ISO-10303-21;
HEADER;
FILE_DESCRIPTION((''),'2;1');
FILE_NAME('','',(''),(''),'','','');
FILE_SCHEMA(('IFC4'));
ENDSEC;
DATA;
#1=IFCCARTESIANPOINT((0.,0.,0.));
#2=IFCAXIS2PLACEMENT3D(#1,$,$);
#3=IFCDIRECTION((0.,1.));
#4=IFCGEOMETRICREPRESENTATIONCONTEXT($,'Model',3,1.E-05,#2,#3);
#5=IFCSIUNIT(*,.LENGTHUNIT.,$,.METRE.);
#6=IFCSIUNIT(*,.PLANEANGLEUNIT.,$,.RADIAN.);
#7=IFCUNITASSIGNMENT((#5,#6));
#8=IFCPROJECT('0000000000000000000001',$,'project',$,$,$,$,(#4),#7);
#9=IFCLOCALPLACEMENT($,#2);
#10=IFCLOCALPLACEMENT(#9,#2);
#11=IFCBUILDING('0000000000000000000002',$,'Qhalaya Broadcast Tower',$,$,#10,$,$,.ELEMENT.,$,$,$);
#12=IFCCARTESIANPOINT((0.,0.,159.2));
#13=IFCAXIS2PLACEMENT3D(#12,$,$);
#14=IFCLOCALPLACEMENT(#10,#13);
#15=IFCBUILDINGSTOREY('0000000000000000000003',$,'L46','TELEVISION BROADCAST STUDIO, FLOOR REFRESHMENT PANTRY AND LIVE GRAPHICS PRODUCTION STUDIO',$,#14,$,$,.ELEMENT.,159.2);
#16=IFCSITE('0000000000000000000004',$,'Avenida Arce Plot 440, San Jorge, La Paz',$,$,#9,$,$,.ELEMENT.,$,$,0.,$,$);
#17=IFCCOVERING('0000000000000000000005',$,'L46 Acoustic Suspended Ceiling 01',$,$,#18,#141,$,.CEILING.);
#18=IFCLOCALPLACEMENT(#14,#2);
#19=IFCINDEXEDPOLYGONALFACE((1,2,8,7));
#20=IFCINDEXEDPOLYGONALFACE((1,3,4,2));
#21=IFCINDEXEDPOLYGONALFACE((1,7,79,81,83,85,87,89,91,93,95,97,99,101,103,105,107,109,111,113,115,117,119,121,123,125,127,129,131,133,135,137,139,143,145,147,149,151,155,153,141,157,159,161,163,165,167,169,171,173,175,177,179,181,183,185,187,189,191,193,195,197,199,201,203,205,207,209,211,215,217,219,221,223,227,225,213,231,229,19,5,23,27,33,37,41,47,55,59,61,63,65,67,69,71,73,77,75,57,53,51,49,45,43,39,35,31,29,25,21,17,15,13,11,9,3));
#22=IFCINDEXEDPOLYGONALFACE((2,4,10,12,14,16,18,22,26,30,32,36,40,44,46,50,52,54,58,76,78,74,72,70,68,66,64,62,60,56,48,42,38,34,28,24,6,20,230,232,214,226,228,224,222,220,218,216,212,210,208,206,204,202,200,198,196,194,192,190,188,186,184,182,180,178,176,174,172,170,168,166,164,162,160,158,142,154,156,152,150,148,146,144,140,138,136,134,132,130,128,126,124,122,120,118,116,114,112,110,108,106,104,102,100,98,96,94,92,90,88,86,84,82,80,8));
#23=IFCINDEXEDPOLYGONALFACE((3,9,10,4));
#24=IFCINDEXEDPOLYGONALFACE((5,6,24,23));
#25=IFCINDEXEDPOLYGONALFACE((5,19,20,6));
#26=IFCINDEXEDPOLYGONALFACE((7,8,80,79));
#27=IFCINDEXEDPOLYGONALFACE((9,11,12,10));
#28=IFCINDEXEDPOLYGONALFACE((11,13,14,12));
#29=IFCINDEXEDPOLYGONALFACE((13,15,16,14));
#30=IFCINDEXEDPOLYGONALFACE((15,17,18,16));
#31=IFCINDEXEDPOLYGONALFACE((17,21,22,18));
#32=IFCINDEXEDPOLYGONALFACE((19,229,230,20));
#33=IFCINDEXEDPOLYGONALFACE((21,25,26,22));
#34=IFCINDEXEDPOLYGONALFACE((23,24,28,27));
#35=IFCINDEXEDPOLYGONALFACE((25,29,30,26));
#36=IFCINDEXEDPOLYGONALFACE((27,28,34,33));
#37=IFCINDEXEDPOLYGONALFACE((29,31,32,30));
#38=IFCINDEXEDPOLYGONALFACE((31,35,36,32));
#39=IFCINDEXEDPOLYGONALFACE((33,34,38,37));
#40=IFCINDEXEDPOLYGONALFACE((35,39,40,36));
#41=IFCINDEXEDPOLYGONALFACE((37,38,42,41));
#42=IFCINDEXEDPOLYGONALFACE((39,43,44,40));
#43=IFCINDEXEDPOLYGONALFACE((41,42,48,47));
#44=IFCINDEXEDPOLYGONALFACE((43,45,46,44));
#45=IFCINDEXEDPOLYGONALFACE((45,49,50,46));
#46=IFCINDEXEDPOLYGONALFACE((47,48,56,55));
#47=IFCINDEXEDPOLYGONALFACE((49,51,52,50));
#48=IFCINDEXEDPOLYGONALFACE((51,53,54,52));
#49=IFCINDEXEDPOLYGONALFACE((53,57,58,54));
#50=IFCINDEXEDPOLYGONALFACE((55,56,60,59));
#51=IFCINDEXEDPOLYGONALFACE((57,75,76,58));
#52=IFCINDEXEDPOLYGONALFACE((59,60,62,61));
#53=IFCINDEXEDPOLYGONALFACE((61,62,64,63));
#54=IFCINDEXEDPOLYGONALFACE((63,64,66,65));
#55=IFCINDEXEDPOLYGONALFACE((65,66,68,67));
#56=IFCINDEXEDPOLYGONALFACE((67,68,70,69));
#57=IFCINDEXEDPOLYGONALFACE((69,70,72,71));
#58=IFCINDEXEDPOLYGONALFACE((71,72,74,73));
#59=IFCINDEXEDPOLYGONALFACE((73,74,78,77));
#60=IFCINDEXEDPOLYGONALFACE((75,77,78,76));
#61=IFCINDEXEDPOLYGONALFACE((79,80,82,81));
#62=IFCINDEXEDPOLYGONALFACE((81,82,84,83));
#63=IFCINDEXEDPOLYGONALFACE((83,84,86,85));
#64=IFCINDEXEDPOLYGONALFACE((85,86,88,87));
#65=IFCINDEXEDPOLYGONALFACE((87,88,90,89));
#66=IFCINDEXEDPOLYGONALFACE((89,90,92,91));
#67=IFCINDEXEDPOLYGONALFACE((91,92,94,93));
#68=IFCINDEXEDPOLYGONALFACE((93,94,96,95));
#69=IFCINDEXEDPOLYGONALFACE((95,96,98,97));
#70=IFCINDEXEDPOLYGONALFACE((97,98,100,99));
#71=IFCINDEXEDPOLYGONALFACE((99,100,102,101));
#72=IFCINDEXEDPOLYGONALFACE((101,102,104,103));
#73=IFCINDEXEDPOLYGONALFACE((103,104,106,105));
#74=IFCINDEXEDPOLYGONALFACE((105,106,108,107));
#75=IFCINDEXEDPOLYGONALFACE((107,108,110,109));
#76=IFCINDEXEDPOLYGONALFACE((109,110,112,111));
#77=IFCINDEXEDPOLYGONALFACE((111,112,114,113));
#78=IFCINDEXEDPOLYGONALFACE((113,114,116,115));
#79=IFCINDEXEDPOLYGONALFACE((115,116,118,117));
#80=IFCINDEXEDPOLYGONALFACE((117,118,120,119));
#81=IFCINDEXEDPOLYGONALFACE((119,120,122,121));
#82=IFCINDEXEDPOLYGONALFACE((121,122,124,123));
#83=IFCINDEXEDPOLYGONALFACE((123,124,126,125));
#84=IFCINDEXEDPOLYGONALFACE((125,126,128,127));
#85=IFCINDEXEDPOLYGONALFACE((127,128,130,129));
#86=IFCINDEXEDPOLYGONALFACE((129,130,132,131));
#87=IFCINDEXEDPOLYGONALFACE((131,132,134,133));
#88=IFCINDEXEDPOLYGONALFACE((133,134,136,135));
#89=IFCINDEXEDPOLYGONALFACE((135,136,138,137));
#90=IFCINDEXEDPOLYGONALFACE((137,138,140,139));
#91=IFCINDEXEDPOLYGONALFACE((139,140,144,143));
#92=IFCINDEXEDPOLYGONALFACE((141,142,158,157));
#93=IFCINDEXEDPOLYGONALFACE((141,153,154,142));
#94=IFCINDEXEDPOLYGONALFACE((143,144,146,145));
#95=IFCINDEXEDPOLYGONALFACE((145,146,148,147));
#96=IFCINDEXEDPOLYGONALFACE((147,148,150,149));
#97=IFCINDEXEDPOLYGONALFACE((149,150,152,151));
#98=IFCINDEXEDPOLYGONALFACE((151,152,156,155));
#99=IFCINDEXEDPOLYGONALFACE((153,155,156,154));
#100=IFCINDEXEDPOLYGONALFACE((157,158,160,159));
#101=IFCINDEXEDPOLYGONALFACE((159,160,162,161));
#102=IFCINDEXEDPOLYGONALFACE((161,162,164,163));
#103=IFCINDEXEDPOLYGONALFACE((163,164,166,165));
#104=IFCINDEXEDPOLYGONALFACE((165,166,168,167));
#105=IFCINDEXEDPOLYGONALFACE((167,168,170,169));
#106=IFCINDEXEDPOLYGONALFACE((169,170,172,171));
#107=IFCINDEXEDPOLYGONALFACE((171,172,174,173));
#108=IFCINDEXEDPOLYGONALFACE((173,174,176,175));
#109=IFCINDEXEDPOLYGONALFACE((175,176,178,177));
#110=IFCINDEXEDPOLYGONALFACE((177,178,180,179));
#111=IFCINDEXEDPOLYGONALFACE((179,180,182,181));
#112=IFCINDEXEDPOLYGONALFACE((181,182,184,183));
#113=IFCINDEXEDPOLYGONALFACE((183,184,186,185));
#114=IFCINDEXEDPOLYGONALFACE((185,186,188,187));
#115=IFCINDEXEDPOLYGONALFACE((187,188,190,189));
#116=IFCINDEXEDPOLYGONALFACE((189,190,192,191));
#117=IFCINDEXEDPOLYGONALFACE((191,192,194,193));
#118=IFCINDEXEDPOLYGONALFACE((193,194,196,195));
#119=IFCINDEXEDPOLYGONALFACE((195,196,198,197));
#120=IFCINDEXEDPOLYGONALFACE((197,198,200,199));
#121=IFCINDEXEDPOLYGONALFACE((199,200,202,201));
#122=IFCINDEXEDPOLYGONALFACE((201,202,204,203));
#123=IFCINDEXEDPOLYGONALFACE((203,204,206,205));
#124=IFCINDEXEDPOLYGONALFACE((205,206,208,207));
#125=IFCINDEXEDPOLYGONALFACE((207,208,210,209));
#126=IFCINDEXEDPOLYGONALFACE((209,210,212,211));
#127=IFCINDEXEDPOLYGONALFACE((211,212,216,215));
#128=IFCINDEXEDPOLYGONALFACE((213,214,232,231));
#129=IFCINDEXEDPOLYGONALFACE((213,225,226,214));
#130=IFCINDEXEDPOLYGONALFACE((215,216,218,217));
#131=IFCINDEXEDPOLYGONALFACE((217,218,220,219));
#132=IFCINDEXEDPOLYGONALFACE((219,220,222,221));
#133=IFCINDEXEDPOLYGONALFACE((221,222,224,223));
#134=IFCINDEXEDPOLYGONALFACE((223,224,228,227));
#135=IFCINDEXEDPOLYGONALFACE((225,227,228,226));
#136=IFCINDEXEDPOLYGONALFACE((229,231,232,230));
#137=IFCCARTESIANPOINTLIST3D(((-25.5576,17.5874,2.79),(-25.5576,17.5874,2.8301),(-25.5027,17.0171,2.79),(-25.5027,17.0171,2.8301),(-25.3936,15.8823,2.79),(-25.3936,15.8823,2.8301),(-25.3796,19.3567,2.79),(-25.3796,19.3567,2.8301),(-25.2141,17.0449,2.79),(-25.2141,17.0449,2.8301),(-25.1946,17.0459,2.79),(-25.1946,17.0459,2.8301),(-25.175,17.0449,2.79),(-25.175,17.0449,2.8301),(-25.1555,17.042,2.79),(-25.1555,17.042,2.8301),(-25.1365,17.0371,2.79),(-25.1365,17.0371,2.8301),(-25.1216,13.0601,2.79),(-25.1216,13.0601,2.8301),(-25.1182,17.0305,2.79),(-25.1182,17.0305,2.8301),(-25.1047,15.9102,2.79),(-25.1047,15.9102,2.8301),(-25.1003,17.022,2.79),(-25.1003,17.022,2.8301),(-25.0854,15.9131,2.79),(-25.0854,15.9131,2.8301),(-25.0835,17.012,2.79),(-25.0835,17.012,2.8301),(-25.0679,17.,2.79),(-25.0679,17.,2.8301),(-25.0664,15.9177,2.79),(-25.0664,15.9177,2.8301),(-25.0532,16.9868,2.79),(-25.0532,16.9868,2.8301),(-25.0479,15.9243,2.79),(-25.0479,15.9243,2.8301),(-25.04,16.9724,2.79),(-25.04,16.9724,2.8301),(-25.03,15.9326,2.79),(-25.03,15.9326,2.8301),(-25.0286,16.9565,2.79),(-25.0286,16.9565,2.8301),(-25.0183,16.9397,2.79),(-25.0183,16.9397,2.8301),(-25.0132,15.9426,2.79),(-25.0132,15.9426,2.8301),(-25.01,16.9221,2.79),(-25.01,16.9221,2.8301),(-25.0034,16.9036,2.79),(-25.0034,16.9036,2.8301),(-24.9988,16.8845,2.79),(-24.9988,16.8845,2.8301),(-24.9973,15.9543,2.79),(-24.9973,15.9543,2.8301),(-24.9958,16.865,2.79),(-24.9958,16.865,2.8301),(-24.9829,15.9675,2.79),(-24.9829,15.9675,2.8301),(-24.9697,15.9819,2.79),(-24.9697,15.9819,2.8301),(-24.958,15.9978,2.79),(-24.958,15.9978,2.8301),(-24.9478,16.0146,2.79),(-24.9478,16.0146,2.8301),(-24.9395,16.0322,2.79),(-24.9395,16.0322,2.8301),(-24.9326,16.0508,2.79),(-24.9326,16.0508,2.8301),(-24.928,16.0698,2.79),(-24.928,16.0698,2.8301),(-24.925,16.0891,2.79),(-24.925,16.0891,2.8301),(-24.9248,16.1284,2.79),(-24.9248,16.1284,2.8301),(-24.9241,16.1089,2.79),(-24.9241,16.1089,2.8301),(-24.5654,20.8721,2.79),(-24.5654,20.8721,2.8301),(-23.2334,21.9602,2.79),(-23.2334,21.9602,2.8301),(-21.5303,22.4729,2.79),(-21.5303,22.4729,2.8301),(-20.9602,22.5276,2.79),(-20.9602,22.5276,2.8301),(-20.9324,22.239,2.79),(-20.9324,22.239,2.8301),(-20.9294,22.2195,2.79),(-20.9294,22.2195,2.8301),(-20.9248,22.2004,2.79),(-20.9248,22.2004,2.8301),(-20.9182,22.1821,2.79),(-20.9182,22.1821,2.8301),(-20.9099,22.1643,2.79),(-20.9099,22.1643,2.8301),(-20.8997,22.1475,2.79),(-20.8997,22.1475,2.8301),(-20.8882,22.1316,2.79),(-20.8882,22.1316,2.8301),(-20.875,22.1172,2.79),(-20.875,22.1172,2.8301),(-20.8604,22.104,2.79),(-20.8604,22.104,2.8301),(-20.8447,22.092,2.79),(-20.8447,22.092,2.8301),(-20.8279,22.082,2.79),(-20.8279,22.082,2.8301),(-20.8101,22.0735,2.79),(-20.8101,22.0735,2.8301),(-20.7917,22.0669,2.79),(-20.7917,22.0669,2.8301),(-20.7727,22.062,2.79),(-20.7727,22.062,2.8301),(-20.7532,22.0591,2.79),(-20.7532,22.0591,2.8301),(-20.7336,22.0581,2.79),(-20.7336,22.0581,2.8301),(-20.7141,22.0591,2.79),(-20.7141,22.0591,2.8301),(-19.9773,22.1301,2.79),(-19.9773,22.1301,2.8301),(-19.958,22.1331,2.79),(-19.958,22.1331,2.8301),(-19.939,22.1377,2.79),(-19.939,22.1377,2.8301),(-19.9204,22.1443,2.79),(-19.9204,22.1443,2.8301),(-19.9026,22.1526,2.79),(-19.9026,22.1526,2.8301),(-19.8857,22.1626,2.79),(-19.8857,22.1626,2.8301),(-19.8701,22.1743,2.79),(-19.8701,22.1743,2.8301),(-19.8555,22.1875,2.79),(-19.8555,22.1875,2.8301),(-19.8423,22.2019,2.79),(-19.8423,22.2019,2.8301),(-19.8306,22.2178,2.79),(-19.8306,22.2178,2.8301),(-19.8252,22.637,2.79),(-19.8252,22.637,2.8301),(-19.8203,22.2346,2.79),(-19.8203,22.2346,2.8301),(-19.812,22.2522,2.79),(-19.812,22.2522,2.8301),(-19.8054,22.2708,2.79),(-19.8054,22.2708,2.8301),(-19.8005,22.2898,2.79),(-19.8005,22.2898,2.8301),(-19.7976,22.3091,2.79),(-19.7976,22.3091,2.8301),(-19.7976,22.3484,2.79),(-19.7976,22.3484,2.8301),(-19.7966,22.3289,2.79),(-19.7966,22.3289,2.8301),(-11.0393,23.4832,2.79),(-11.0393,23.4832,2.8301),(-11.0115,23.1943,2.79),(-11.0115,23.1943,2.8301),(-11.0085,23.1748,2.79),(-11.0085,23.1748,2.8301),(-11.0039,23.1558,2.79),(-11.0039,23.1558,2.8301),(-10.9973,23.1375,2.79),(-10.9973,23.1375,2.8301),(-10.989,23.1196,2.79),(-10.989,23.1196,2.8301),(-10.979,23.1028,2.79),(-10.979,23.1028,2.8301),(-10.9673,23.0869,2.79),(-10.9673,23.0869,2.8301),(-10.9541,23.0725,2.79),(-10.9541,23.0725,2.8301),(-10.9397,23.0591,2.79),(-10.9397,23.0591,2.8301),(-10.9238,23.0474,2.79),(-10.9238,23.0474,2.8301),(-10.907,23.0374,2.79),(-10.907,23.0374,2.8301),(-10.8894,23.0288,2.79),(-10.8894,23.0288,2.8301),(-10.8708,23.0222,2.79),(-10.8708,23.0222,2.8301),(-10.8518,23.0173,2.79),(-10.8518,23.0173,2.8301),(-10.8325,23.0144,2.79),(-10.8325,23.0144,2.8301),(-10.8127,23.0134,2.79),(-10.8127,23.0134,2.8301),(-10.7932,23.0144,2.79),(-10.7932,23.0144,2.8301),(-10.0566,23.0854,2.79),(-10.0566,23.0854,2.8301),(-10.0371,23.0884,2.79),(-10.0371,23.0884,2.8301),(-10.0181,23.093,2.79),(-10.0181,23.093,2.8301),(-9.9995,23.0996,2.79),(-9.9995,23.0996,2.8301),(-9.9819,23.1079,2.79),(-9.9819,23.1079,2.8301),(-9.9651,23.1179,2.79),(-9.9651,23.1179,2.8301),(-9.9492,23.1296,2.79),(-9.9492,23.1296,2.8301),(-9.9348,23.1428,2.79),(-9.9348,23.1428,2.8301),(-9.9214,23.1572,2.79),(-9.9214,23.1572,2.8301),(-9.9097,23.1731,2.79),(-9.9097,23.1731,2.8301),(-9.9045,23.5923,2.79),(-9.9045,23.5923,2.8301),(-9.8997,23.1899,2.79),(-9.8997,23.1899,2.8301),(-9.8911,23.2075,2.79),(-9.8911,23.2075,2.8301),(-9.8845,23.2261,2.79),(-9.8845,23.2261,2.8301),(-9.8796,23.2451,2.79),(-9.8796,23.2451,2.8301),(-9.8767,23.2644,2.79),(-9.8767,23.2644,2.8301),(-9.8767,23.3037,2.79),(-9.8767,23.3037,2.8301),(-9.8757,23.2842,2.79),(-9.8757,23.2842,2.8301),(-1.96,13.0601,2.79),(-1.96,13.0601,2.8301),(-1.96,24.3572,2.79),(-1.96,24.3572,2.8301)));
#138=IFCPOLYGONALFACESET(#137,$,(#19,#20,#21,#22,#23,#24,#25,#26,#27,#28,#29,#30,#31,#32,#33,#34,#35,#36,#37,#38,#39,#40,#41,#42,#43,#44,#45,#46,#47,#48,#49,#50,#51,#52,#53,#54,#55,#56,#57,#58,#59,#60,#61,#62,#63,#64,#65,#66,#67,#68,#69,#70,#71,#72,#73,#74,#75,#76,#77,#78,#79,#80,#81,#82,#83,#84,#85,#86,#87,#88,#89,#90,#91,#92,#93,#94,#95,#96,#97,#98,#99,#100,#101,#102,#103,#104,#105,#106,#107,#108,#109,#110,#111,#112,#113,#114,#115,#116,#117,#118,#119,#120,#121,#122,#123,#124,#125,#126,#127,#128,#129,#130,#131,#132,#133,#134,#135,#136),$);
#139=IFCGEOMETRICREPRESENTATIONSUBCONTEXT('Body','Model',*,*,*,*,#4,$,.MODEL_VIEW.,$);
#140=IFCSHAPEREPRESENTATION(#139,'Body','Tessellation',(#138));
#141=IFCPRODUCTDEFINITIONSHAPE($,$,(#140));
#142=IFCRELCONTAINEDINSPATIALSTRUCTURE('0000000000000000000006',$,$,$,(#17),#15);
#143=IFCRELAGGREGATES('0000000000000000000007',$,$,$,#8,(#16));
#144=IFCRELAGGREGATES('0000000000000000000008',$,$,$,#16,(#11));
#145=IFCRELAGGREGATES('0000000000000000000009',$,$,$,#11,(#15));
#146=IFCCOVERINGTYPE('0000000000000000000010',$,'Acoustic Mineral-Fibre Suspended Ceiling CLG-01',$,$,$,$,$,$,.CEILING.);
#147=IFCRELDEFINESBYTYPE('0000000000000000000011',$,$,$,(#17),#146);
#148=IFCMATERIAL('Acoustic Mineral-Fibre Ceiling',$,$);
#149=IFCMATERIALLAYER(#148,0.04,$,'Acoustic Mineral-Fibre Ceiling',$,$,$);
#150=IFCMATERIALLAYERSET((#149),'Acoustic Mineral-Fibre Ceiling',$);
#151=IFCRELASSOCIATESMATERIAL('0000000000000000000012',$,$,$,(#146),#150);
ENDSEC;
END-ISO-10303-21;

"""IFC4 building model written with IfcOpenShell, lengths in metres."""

from ifc_helpers import new_model, si_unit, direction, frame, origin, place, context, subcontext, project, spatial, polyline, outline, extrude, material, layer, layer_set, type_object, element, save


model = new_model("IFC4")

# Units and contexts
model_context = context("Model", 3, precision=1e-05, world=origin(), true_north=direction((0.0, 1.0)))
body_context = subcontext(model_context, "Body", "Model", "MODEL_VIEW")
ifc_project = project(units=[si_unit("LENGTHUNIT", "METRE"), si_unit("PLANEANGLEUNIT", "RADIAN")], contexts=[model_context])

# Site, building, storey
site_placement = place(None, origin())
site = spatial("IfcSite", under=ifc_project, at=site_placement, Name="Avenida Arce Plot 440, San Jorge, La Paz", CompositionType="ELEMENT", RefElevation=0.0)
building_placement = place(site_placement, origin())
building = spatial("IfcBuilding", under=site, at=building_placement, Name="Qhalaya Broadcast Tower", CompositionType="ELEMENT")
storey_placement = place(building_placement, frame((0.0, 0.0, 159.2)))
storey = spatial("IfcBuildingStorey", under=building, at=storey_placement, Name="L46", Description="TELEVISION BROADCAST STUDIO, FLOOR REFRESHMENT PANTRY AND LIVE GRAPHICS PRODUCTION STUDIO", CompositionType="ELEMENT", Elevation=159.2)

# Covering
ifc_material_1 = material(Name="Acoustic Mineral-Fibre Ceiling")
ifc_layer_1 = layer(ifc_material_1, 0.04, Name="Acoustic Mineral-Fibre Ceiling")
ifc_layer_set_1 = layer_set([ifc_layer_1], Name="Acoustic Mineral-Fibre Ceiling")
covering_type = type_object("IfcCoveringType", Name="Acoustic Mineral-Fibre Suspended Ceiling CLG-01", PredefinedType="CEILING", material=ifc_layer_set_1)
covering_1_placement = place(storey_placement, frame((0.0, 0.0, 2.79)))
element("IfcCovering", 1, at=covering_1_placement, inside=storey, type_object=covering_type, Name="L46 Acoustic Suspended Ceiling 01", PredefinedType="CEILING", context=body_context, shape_type="SweptSolid", body=[
    extrude(outline(polyline([(-25.3936, 15.8823), (-25.1216, 13.0601), (-1.96, 13.0601), (-1.96, 24.3572), (-9.9045, 23.5923), (-9.8767, 23.3037), (-9.8757, 23.2842), (-9.8767, 23.2644), (-9.8796, 23.2451), (-9.8845, 23.2261), (-9.8911, 23.2075), (-9.8997, 23.1899), (-9.9097, 23.1731), (-9.9214, 23.1572), (-9.9348, 23.1428), (-9.9492, 23.1296), (-9.9651, 23.1179), (-9.9819, 23.1079), (-9.9995, 23.0996), (-10.0181, 23.093), (-10.0371, 23.0884), (-10.0566, 23.0854), (-10.7932, 23.0144), (-10.8127, 23.0134), (-10.8325, 23.0144), (-10.8518, 23.0173), (-10.8708, 23.0222), (-10.8894, 23.0288), (-10.907, 23.0374), (-10.9238, 23.0474), (-10.9397, 23.0591), (-10.9541, 23.0725), (-10.9673, 23.0869), (-10.979, 23.1028), (-10.989, 23.1196), (-10.9973, 23.1375), (-11.0039, 23.1558), (-11.0085, 23.1748), (-11.0115, 23.1943), (-11.0393, 23.4832), (-19.8252, 22.637), (-19.7976, 22.3484), (-19.7966, 22.3289), (-19.7976, 22.3091), (-19.8005, 22.2898), (-19.8054, 22.2708), (-19.812, 22.2522), (-19.8203, 22.2346), (-19.8306, 22.2178), (-19.8423, 22.2019), (-19.8555, 22.1875), (-19.8701, 22.1743), (-19.8857, 22.1626), (-19.9026, 22.1526), (-19.9204, 22.1443), (-19.939, 22.1377), (-19.958, 22.1331), (-19.9773, 22.1301), (-20.7141, 22.0591), (-20.7336, 22.0581), (-20.7532, 22.0591), (-20.7727, 22.062), (-20.7917, 22.0669), (-20.8101, 22.0735), (-20.8279, 22.082), (-20.8447, 22.092), (-20.8604, 22.104), (-20.875, 22.1172), (-20.8882, 22.1316), (-20.8997, 22.1475), (-20.9099, 22.1643), (-20.9182, 22.1821), (-20.9248, 22.2004), (-20.9294, 22.2195), (-20.9324, 22.239), (-20.9602, 22.5276), (-21.5303, 22.4729), (-23.2334, 21.9602), (-24.5654, 20.8721), (-25.3796, 19.3567), (-25.5576, 17.5874), (-25.5027, 17.0171), (-25.2141, 17.0449), (-25.1946, 17.0459), (-25.175, 17.0449), (-25.1555, 17.042), (-25.1365, 17.0371), (-25.1182, 17.0305), (-25.1003, 17.022), (-25.0835, 17.012), (-25.0679, 17.0), (-25.0532, 16.9868), (-25.04, 16.9724), (-25.0286, 16.9565), (-25.0183, 16.9397), (-25.01, 16.9221), (-25.0034, 16.9036), (-24.9988, 16.8845), (-24.9958, 16.865), (-24.9248, 16.1284), (-24.9241, 16.1089), (-24.925, 16.0891), (-24.928, 16.0698), (-24.9326, 16.0508), (-24.9395, 16.0322), (-24.9478, 16.0146), (-24.958, 15.9978), (-24.9697, 15.9819), (-24.9829, 15.9675), (-24.9973, 15.9543), (-25.0132, 15.9426), (-25.03, 15.9326), (-25.0479, 15.9243), (-25.0664, 15.9177), (-25.0854, 15.9131), (-25.1047, 15.9102), (-25.3936, 15.8823)])), origin(), (0.0, 0.0, 1.0), 0.04),
])

save(model, "model.ifc")
